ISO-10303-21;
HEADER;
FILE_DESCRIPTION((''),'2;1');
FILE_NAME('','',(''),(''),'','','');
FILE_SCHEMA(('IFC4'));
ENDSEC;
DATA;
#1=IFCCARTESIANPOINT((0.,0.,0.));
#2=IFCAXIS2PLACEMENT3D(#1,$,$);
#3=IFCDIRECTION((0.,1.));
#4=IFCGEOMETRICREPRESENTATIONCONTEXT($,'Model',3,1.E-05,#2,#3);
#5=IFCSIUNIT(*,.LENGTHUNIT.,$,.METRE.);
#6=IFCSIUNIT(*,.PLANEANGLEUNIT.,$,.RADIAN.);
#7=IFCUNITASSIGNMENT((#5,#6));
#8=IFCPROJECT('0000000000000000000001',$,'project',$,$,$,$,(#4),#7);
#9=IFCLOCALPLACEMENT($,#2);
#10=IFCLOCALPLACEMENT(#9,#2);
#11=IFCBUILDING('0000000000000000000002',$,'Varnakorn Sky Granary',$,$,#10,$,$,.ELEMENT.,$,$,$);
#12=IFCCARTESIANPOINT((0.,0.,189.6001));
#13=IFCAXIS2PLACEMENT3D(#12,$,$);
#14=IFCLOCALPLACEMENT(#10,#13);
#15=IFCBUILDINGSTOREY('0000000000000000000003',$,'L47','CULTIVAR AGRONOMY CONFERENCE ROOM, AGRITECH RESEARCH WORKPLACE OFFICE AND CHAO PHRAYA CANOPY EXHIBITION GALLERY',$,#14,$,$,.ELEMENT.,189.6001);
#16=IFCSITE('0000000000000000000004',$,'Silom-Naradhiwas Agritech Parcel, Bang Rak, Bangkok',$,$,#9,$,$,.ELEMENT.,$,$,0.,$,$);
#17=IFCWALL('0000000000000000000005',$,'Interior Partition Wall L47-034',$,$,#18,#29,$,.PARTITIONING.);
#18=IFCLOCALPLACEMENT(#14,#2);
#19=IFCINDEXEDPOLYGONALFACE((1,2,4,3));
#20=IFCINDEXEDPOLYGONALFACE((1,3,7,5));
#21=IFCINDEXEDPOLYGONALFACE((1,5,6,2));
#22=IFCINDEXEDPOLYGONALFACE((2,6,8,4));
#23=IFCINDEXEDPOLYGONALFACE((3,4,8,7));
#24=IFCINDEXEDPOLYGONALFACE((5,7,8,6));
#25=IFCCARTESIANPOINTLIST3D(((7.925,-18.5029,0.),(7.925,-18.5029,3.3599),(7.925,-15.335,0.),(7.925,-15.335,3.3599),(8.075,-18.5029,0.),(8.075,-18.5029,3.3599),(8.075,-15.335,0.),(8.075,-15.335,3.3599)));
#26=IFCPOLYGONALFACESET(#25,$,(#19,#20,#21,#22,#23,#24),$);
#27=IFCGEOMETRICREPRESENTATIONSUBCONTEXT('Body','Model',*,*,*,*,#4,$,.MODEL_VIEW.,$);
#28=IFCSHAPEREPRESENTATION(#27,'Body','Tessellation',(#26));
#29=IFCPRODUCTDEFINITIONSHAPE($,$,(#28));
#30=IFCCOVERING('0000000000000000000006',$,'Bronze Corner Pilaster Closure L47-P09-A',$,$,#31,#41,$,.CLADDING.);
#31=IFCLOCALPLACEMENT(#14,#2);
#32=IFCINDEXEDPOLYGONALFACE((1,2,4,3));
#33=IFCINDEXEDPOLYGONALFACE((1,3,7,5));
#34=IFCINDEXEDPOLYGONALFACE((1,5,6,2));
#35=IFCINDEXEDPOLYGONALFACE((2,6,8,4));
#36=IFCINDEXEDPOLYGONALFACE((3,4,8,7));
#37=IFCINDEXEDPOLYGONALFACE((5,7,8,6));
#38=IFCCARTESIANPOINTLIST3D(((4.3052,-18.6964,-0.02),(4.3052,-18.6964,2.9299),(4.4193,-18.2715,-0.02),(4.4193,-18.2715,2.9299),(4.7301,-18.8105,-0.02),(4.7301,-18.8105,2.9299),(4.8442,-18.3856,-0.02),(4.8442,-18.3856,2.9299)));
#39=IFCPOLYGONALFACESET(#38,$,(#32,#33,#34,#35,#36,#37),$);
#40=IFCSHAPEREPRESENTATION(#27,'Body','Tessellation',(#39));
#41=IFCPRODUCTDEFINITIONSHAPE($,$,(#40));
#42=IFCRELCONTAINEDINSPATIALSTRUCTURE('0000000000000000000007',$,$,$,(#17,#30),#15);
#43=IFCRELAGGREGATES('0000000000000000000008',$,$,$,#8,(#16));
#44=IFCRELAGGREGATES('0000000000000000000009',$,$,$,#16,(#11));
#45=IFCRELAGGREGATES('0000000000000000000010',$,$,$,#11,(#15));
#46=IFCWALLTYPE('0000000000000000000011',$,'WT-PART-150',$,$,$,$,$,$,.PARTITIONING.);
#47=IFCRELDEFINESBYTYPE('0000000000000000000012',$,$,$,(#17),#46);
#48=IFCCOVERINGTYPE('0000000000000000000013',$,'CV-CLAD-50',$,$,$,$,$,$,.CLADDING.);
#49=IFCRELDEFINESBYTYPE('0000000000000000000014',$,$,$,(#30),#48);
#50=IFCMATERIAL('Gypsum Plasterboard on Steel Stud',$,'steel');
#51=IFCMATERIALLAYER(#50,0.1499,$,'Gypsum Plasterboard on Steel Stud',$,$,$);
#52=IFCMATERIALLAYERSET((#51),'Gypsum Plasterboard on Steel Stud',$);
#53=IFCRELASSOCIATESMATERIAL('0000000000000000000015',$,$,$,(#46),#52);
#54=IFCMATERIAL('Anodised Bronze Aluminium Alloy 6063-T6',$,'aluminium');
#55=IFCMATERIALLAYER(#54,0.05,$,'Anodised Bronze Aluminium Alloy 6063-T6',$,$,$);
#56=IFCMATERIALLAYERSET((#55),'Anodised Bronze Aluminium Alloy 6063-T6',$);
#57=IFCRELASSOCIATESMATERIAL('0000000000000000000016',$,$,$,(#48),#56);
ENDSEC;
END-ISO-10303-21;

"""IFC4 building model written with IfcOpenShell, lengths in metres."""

from ifc_helpers import new_model, si_unit, direction, frame, frame_2d, origin, origin_2d, place, context, subcontext, project, spatial, rectangle, extrude, source, transform, mapped, material, layer, layer_set, type_object, type_shapes, element, save


model = new_model("IFC4")

# Units and contexts
model_context = context("Model", 3, precision=1e-05, world=origin(), true_north=direction((0.0, 1.0)))
body_context = subcontext(model_context, "Body", "Model", "MODEL_VIEW")
ifc_project = project(units=[si_unit("LENGTHUNIT", "METRE"), si_unit("PLANEANGLEUNIT", "RADIAN")], contexts=[model_context])

# Site, building, storey
site_placement = place(None, origin())
site = spatial("IfcSite", under=ifc_project, at=site_placement, Name="Silom-Naradhiwas Agritech Parcel, Bang Rak, Bangkok", CompositionType="ELEMENT", RefElevation=0.0)
building_placement = place(site_placement, origin())
building = spatial("IfcBuilding", under=site, at=building_placement, Name="Varnakorn Sky Granary", CompositionType="ELEMENT")
storey_placement = place(building_placement, frame((0.0, 0.0, 189.6001)))
storey = spatial("IfcBuildingStorey", under=building, at=storey_placement, Name="L47", Description="CULTIVAR AGRONOMY CONFERENCE ROOM, AGRITECH RESEARCH WORKPLACE OFFICE AND CHAO PHRAYA CANOPY EXHIBITION GALLERY", CompositionType="ELEMENT", Elevation=189.6001)

# Shared definitions
ifc_material_1 = material(Name="Anodised Bronze Aluminium Alloy 6063-T6", Category="aluminium")

# Wall
ifc_material_2 = material(Name="Gypsum Plasterboard on Steel Stud", Category="steel")
ifc_layer_1 = layer(ifc_material_2, 0.1499, Name="Gypsum Plasterboard on Steel Stud")
ifc_layer_set_1 = layer_set([ifc_layer_1], Name="Gypsum Plasterboard on Steel Stud")
wall_type_1 = type_object("IfcWallType", Name="WT-PART-150", PredefinedType="PARTITIONING", material=ifc_layer_set_1)
wall_1_placement = place(storey_placement, frame((8.0, -15.335, 0.0), z_axis=(0.0, 0.0, 1.0), x_axis=(0.0, -1.0, 0.0)))
element("IfcWall", 1, at=wall_1_placement, inside=storey, type_object=wall_type_1, Name="Interior Partition Wall L47-034", PredefinedType="PARTITIONING", context=body_context, shape_type="SweptSolid", body=[
    extrude(rectangle(XDim=3.168, YDim=0.1499, at=frame_2d((1.584, 0.0))), origin(), (0.0, 0.0, 1.0), 3.3599),
])

# Covering
ifc_layer_2 = layer(ifc_material_1, 0.05, Name="Anodised Bronze Aluminium Alloy 6063-T6")
ifc_layer_set_2 = layer_set([ifc_layer_2], Name="Anodised Bronze Aluminium Alloy 6063-T6")
covering_type = type_object("IfcCoveringType", Name="CV-CLAD-50", PredefinedType="CLADDING", material=ifc_layer_set_2)
shared_shape_1 = source(origin(), body_context, "Body", "SweptSolid", [
    extrude(rectangle(XDim=0.4399, YDim=0.4399, at=origin_2d()), origin(), (0.0, 0.0, 1.0), 2.95),
])
type_shapes(covering_type, [shared_shape_1])
covering_placement = place(storey_placement, frame((4.5747, -18.541, -0.02), z_axis=(0.0, 0.0, 1.0), x_axis=(-0.96579, 0.259325, 0.0)))
element("IfcCovering", 2, at=covering_placement, inside=storey, type_object=covering_type, Name="Bronze Corner Pilaster Closure L47-P09-A", PredefinedType="CLADDING", context=body_context, shape_type="MappedRepresentation", body=[
    mapped(shared_shape_1, transform((0.0, 0.0, 0.0), x_axis=(1.0, 0.0, 0.0), y_axis=(0.0, 1.0, 0.0), z_axis=(0.0, 0.0, 1.0), scale=1.0)),
])

save(model, "model.ifc")
